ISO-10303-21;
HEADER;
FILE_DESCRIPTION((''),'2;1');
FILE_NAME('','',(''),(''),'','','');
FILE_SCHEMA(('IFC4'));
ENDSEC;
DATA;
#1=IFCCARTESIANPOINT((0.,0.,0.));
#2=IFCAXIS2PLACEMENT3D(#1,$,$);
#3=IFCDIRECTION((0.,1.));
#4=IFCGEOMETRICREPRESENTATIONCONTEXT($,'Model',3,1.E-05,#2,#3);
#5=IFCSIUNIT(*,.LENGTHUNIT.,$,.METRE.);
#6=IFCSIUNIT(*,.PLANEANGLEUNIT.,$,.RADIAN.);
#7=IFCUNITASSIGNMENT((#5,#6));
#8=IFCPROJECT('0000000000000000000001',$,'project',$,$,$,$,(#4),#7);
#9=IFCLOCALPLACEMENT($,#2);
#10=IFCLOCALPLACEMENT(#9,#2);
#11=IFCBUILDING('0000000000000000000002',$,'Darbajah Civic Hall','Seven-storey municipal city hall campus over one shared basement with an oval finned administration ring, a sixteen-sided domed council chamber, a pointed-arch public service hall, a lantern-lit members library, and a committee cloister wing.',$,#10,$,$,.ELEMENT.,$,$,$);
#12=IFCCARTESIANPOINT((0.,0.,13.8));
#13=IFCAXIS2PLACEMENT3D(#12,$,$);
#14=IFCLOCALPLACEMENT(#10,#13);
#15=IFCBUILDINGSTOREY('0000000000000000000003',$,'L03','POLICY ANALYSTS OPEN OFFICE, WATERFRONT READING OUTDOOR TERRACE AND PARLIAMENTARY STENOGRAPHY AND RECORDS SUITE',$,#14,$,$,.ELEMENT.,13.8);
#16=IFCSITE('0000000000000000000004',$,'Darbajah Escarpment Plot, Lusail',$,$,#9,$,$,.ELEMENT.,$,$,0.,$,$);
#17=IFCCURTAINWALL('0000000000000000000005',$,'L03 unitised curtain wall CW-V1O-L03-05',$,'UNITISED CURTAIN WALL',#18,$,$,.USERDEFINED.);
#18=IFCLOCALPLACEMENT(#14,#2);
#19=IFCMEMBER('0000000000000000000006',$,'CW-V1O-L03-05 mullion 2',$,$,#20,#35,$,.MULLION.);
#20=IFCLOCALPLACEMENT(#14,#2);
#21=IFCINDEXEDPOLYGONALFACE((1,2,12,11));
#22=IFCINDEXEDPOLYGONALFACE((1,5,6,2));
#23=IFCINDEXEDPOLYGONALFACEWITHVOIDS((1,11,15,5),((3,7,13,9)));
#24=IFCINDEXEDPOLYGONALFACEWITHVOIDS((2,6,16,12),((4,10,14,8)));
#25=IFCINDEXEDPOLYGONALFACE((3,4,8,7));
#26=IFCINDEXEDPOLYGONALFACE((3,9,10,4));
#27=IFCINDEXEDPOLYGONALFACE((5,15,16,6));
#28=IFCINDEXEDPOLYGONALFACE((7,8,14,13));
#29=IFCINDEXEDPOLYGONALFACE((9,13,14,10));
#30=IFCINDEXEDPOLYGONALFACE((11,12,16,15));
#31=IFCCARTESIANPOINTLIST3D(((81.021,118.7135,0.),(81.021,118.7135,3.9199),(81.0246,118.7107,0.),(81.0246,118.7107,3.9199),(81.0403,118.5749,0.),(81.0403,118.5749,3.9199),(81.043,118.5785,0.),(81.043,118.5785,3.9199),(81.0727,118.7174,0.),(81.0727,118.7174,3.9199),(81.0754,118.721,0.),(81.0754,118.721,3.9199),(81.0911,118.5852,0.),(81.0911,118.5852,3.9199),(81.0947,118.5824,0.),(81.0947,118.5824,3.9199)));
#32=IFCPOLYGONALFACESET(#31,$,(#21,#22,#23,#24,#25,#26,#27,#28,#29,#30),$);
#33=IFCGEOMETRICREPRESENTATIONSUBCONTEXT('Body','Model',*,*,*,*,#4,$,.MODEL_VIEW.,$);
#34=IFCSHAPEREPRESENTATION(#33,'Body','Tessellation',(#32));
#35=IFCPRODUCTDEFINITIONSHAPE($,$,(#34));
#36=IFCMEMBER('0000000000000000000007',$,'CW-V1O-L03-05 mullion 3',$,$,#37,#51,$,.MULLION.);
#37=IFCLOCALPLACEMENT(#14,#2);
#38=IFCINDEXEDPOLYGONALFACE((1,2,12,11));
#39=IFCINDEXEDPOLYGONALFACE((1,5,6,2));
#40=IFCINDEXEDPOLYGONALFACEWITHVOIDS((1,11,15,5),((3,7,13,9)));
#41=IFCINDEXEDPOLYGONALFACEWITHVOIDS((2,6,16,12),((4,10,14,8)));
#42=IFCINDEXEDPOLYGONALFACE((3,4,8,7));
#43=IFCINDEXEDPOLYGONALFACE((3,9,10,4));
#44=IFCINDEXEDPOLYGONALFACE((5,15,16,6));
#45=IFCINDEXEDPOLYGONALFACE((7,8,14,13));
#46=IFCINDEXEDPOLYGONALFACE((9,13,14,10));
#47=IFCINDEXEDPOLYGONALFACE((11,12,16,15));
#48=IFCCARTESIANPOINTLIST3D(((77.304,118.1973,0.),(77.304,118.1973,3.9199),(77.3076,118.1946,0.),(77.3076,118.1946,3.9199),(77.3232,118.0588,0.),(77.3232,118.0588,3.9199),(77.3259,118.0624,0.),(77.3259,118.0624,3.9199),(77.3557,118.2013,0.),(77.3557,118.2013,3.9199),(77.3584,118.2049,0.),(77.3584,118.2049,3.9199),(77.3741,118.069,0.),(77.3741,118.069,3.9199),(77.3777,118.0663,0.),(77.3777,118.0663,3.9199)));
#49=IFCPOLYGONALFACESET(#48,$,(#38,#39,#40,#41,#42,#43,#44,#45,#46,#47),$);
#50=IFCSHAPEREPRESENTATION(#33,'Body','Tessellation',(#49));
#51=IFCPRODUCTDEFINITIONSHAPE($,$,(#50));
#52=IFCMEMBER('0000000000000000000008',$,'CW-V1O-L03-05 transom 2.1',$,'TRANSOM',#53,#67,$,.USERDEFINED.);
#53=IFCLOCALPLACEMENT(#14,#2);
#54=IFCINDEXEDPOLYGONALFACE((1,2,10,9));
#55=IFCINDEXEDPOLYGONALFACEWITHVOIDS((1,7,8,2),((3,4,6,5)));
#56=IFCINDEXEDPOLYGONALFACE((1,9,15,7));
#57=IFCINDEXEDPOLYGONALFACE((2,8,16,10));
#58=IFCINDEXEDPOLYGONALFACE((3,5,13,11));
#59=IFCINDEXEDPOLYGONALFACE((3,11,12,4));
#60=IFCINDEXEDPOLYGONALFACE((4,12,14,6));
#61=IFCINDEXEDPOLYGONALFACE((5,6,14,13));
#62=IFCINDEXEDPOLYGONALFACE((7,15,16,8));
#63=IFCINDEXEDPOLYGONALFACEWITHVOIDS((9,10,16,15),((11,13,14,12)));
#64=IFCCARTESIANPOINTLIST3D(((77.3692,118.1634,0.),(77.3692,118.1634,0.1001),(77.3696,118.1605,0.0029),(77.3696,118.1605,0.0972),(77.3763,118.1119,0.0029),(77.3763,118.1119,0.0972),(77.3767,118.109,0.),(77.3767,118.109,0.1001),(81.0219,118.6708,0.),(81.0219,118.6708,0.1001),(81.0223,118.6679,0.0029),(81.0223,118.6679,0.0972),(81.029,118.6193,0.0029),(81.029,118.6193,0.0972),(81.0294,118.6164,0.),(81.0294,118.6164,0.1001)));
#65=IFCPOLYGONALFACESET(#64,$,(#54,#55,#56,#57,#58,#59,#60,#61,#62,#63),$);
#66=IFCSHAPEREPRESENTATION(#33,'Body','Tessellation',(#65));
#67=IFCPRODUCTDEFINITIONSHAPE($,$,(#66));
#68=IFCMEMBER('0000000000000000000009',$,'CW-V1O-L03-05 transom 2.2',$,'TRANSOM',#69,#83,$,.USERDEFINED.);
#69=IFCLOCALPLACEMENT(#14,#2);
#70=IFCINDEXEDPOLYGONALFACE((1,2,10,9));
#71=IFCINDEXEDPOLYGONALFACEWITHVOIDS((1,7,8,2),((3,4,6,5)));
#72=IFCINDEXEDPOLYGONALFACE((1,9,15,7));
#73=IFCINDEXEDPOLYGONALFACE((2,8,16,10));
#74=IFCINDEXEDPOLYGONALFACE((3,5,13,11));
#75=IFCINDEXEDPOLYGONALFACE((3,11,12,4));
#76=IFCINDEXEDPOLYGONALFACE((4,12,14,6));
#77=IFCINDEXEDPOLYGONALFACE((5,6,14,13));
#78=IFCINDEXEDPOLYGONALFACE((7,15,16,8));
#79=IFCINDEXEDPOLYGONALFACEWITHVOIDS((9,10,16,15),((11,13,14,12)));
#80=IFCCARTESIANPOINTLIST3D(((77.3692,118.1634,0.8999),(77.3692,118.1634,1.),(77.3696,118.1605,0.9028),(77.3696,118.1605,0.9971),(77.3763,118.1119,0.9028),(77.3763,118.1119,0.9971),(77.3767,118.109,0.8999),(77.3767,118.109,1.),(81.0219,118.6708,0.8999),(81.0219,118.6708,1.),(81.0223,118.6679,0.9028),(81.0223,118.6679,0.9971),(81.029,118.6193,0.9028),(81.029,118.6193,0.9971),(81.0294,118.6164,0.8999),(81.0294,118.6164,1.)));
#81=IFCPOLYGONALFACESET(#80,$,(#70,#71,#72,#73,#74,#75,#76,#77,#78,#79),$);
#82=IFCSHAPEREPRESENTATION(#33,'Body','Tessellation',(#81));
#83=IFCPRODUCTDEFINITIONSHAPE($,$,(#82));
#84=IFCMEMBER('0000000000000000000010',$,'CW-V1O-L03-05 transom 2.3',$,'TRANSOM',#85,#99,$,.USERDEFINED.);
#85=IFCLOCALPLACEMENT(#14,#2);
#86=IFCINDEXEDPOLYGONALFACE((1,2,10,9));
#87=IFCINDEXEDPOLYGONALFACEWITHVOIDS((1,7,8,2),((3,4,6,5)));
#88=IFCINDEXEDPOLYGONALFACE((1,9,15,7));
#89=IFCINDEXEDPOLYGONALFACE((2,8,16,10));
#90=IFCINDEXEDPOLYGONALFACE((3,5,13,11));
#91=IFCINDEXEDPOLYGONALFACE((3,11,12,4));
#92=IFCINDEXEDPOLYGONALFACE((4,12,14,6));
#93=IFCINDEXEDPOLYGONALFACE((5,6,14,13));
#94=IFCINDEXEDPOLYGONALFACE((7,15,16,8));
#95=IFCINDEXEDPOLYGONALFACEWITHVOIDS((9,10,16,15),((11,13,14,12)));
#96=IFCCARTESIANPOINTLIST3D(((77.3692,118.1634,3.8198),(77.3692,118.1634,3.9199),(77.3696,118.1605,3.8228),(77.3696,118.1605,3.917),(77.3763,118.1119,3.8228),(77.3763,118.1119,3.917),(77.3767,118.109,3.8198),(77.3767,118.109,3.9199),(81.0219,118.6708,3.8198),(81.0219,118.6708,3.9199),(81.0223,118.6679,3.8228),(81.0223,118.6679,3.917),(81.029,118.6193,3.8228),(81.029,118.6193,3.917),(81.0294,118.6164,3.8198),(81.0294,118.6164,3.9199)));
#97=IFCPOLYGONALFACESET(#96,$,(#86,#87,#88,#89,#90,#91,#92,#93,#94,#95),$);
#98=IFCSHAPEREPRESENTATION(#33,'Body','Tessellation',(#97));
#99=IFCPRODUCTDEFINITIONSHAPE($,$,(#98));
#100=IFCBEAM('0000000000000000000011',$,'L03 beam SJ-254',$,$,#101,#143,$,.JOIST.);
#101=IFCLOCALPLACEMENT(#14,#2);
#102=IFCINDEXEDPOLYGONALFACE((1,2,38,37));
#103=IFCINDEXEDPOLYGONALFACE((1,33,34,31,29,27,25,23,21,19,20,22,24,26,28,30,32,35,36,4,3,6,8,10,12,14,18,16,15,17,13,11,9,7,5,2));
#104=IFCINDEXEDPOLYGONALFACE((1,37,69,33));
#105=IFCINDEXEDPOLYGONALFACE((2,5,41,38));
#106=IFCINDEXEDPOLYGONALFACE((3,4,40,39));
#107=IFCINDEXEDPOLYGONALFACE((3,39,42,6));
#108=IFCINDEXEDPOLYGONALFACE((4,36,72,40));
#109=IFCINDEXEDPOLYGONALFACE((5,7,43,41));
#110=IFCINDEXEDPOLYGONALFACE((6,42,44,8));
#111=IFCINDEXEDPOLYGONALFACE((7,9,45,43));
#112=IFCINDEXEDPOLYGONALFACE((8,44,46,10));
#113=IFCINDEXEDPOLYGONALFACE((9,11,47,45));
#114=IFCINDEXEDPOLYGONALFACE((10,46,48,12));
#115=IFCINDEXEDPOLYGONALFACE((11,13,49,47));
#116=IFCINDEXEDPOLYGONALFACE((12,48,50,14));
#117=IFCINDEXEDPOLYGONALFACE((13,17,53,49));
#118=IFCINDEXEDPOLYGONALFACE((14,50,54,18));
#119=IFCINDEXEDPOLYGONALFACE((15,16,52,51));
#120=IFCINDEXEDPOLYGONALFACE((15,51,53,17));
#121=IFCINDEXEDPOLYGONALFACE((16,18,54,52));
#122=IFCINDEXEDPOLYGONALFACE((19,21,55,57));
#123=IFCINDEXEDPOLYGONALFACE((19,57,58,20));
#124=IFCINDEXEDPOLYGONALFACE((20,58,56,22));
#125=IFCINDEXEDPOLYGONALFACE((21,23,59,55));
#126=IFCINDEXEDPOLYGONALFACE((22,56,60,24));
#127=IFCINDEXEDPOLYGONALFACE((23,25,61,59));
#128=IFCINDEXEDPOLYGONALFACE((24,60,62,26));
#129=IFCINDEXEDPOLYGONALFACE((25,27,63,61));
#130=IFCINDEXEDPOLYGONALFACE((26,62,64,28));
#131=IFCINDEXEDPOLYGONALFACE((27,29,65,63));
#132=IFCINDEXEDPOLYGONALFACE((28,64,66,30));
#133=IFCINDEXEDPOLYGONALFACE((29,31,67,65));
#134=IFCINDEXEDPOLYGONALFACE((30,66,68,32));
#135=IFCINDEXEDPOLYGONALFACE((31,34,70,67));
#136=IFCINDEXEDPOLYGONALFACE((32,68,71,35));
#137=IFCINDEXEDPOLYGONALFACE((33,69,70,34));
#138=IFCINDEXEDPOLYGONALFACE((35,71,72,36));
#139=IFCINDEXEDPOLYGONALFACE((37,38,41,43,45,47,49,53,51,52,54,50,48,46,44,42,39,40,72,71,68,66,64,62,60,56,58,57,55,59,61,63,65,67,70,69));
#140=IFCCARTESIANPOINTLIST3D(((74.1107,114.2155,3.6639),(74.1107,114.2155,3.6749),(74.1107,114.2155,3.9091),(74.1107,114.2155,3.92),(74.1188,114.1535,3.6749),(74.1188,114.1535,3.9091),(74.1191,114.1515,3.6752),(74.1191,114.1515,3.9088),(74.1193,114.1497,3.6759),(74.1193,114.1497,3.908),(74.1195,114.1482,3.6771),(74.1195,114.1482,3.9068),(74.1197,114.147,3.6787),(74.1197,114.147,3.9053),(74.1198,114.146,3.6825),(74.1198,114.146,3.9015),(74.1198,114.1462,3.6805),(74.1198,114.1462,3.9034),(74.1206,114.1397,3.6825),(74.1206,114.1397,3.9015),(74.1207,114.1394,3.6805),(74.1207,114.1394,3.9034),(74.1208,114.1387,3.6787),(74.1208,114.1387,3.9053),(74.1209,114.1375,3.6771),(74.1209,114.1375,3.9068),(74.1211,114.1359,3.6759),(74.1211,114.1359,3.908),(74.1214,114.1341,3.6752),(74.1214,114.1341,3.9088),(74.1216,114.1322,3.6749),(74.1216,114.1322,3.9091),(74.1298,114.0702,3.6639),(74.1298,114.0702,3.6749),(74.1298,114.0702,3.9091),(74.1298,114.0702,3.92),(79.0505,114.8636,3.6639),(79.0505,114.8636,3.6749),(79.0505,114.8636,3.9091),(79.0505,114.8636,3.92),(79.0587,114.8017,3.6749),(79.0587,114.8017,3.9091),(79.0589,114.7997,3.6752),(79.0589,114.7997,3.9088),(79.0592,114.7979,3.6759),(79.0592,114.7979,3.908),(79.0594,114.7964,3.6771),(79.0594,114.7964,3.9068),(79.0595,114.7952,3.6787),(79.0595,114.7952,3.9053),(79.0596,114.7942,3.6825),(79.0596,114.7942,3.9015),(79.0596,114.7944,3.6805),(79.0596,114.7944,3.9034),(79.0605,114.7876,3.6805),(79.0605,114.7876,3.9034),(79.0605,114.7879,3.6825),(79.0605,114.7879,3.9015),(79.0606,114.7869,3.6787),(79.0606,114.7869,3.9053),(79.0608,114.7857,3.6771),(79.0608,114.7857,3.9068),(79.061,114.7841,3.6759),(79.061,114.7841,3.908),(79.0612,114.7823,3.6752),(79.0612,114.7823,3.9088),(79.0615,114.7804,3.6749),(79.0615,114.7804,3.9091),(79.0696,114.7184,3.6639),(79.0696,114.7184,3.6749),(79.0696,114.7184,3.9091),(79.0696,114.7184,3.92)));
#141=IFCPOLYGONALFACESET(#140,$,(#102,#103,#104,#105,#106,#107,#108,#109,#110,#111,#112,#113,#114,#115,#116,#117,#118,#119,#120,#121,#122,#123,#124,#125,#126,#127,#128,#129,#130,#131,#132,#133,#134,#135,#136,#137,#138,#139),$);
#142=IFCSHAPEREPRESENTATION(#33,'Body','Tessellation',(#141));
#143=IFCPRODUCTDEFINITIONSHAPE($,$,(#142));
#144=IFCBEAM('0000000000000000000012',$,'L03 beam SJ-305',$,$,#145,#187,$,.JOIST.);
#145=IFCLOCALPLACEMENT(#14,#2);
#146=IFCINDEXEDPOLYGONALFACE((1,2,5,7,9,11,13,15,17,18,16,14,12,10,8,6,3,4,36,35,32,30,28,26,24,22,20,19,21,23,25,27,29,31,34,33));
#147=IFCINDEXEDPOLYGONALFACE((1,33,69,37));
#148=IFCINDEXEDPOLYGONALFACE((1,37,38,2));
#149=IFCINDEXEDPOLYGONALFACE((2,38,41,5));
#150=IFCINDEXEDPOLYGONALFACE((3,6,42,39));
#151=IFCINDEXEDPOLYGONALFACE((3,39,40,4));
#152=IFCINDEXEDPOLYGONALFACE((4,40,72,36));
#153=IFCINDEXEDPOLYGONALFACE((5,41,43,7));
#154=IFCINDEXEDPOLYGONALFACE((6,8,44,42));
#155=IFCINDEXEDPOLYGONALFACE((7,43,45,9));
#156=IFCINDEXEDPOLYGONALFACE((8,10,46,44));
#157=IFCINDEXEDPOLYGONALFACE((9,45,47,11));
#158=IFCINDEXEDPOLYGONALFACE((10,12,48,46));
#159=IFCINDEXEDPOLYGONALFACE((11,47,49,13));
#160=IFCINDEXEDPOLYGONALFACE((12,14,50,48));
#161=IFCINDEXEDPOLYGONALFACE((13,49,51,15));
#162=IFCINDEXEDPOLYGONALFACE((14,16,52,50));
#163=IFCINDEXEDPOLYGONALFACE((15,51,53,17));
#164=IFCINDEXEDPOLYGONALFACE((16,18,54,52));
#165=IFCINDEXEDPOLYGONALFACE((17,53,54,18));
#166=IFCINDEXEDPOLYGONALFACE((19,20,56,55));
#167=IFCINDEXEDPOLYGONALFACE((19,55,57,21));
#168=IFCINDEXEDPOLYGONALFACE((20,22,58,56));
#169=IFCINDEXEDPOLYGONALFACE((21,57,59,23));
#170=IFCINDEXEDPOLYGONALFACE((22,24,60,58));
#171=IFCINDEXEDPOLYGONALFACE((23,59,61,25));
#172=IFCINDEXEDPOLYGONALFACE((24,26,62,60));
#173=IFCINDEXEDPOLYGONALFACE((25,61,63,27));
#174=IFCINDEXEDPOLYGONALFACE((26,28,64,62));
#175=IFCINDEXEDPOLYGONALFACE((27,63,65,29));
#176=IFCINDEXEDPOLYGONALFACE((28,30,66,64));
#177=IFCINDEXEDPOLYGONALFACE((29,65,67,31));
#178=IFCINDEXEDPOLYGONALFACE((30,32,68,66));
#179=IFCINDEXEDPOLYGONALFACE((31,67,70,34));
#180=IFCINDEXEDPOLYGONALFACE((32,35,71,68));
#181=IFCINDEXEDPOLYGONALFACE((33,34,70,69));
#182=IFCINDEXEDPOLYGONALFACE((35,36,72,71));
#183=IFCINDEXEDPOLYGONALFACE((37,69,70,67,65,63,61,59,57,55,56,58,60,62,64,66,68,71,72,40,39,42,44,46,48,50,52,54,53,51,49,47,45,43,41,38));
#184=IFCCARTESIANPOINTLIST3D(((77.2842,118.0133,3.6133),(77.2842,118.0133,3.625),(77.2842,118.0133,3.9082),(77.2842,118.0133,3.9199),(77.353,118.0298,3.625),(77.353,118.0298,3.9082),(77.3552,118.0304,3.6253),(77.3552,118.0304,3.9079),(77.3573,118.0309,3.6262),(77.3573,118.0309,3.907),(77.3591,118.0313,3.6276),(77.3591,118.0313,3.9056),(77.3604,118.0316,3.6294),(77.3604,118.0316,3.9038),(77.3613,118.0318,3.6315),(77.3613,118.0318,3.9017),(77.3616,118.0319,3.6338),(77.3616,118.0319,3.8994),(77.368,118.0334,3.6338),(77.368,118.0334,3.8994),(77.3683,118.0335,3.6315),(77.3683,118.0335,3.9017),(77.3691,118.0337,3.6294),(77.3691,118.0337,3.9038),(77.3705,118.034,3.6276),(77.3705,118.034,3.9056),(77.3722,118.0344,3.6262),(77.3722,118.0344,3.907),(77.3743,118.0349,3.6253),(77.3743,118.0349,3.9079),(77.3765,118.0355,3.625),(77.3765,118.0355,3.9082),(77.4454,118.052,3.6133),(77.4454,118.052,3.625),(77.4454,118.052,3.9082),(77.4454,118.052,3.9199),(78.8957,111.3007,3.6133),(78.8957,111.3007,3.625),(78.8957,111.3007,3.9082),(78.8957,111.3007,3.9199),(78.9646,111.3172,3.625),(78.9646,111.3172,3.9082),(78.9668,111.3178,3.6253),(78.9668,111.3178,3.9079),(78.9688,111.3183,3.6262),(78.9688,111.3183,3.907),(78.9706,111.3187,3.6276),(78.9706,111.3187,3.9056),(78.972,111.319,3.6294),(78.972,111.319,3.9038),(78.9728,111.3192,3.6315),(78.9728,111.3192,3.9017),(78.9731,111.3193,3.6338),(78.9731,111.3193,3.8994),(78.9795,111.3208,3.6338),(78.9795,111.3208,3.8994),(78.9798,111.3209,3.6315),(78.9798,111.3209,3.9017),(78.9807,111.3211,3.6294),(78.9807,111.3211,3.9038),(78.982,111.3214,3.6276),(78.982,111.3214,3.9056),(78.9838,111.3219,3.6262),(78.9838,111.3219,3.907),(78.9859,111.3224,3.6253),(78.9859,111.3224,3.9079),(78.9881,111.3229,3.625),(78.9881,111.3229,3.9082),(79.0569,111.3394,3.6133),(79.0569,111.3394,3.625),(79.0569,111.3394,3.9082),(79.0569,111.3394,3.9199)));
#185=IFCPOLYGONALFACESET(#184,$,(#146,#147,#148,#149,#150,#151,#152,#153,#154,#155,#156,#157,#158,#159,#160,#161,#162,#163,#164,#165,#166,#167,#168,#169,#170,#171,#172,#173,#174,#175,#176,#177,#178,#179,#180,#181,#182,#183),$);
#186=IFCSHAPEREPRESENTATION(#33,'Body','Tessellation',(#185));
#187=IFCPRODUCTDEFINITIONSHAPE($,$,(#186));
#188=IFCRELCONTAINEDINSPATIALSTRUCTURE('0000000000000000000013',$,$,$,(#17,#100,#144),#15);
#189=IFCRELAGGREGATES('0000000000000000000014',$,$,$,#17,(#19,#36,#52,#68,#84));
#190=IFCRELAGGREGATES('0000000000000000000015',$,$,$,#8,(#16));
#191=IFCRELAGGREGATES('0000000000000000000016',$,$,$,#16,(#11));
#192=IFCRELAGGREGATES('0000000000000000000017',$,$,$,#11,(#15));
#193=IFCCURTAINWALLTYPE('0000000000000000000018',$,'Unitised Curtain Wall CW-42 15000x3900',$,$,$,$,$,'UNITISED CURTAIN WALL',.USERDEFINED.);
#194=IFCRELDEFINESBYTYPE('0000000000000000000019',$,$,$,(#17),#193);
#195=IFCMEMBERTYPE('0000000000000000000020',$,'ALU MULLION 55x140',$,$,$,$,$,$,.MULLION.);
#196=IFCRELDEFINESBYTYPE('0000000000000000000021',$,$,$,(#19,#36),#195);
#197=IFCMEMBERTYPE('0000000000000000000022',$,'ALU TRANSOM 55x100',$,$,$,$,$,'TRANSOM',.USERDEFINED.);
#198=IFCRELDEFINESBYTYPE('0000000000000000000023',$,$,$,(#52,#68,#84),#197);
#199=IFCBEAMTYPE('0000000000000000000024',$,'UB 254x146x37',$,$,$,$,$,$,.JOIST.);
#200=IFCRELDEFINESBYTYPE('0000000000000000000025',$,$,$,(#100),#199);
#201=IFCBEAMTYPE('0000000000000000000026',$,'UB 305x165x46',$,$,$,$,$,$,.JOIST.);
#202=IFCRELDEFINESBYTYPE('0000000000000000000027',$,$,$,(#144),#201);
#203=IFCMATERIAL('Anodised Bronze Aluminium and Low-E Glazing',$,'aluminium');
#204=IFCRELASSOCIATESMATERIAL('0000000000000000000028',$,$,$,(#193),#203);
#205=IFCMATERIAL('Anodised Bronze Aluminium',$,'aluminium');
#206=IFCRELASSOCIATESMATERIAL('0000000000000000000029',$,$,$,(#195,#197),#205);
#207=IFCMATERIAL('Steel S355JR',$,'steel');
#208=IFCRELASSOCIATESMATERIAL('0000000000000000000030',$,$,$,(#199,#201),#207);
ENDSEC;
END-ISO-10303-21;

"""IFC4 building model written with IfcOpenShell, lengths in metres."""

from ifc_helpers import new_model, si_unit, direction, frame, origin, origin_2d, place, context, subcontext, project, spatial, hollow_rectangle, i_section, extrude, material, material_profile, profile_set, type_object, element, aggregate, save


model = new_model("IFC4")

# Units and contexts
model_context = context("Model", 3, precision=1e-05, world=origin(), true_north=direction((0.0, 1.0)))
body_context = subcontext(model_context, "Body", "Model", "MODEL_VIEW")
ifc_project = project(units=[si_unit("LENGTHUNIT", "METRE"), si_unit("PLANEANGLEUNIT", "RADIAN")], contexts=[model_context])

# Site, building, storey
site_placement = place(None, origin())
site = spatial("IfcSite", under=ifc_project, at=site_placement, Name="Darbajah Escarpment Plot, Lusail", CompositionType="ELEMENT", RefElevation=0.0)
building_placement = place(site_placement, origin())
building = spatial("IfcBuilding", under=site, at=building_placement, Name="Darbajah Civic Hall", Description="Seven-storey municipal city hall campus over one shared basement with an oval finned administration ring, a sixteen-sided domed council chamber, a pointed-arch public service hall, a lantern-lit members library, and a committee cloister wing.", CompositionType="ELEMENT")
storey_placement = place(building_placement, frame((0.0, 0.0, 13.8)))
storey = spatial("IfcBuildingStorey", under=building, at=storey_placement, Name="L03", Description="POLICY ANALYSTS OPEN OFFICE, WATERFRONT READING OUTDOOR TERRACE AND PARLIAMENTARY STENOGRAPHY AND RECORDS SUITE", CompositionType="ELEMENT", Elevation=13.8)

# Curtain wall, members
ifc_material_1 = material(Name="Anodised Bronze Aluminium and Low-E Glazing", Category="aluminium")
curtain_wall_type = type_object("IfcCurtainWallType", Name="Unitised Curtain Wall CW-42 15000x3900", ElementType="UNITISED CURTAIN WALL", PredefinedType="USERDEFINED", material=ifc_material_1)
curtain_wall_placement = place(storey_placement, origin())
curtain_wall = element("IfcCurtainWall", 1, at=curtain_wall_placement, inside=storey, type_object=curtain_wall_type, Name="L03 unitised curtain wall CW-V1O-L03-05", ObjectType="UNITISED CURTAIN WALL", PredefinedType="USERDEFINED")
ifc_material_2 = material(Name="Anodised Bronze Aluminium", Category="aluminium")
ifc_material_profile_1 = material_profile(ifc_material_2, hollow_rectangle(XDim=0.0549, YDim=0.1399, WallThickness=0.0032, at=origin_2d()), Name="ALU MULLION 55x140")
ifc_profile_set_1 = profile_set([ifc_material_profile_1], Name="Anodised Bronze Aluminium")
member_type_1 = type_object("IfcMemberType", Name="ALU MULLION 55x140", PredefinedType="MULLION", material=ifc_profile_set_1)
member_1_placement = place(storey_placement, frame((81.0579, 118.6479, 0.0), z_axis=(0.0, 0.0, 1.0), x_axis=(-0.990485, -0.137617, 0.0)))
member_1 = element("IfcMember", 2, at=member_1_placement, type_object=member_type_1, Name="CW-V1O-L03-05 mullion 2", PredefinedType="MULLION", context=body_context, shape_type="SweptSolid", body=[
    extrude(hollow_rectangle(XDim=0.0549, YDim=0.1399, WallThickness=0.0032, at=origin_2d()), origin(), (0.0, 0.0, 1.0), 3.9199),
])
member_2_placement = place(storey_placement, frame((77.3408, 118.1318, 0.0), z_axis=(0.0, 0.0, 1.0), x_axis=(-0.990485, -0.137617, 0.0)))
member_2 = element("IfcMember", 3, at=member_2_placement, type_object=member_type_1, Name="CW-V1O-L03-05 mullion 3", PredefinedType="MULLION", context=body_context, shape_type="SweptSolid", body=[
    extrude(hollow_rectangle(XDim=0.0549, YDim=0.1399, WallThickness=0.0032, at=origin_2d()), origin(), (0.0, 0.0, 1.0), 3.9199),
])
ifc_material_profile_2 = material_profile(ifc_material_2, hollow_rectangle(XDim=0.0549, YDim=0.1001, WallThickness=0.0029, at=origin_2d()), Name="ALU TRANSOM 55x100")
ifc_profile_set_2 = profile_set([ifc_material_profile_2], Name="Anodised Bronze Aluminium")
member_type_2 = type_object("IfcMemberType", Name="ALU TRANSOM 55x100", ElementType="TRANSOM", PredefinedType="USERDEFINED", material=ifc_profile_set_2)
member_3_placement = place(storey_placement, frame((81.0256, 118.6436, 0.05), z_axis=(-0.990492, -0.137574, 0.0), x_axis=(0.137574, -0.990492, 0.0)))
member_3 = element("IfcMember", 4, at=member_3_placement, type_object=member_type_2, Name="CW-V1O-L03-05 transom 2.1", ObjectType="TRANSOM", PredefinedType="USERDEFINED", context=body_context, shape_type="SweptSolid", body=[
    extrude(hollow_rectangle(XDim=0.0549, YDim=0.1001, WallThickness=0.0029, at=origin_2d()), origin(), (0.0, 0.0, 1.0), 3.6877),
])
member_4_placement = place(storey_placement, frame((81.0256, 118.6436, 0.95), z_axis=(-0.990492, -0.137574, 0.0), x_axis=(0.137574, -0.990492, 0.0)))
member_4 = element("IfcMember", 5, at=member_4_placement, type_object=member_type_2, Name="CW-V1O-L03-05 transom 2.2", ObjectType="TRANSOM", PredefinedType="USERDEFINED", context=body_context, shape_type="SweptSolid", body=[
    extrude(hollow_rectangle(XDim=0.0549, YDim=0.1001, WallThickness=0.0029, at=origin_2d()), origin(), (0.0, 0.0, 1.0), 3.6877),
])
member_5_placement = place(storey_placement, frame((81.0256, 118.6436, 3.8699), z_axis=(-0.990492, -0.137574, 0.0), x_axis=(0.137574, -0.990492, 0.0)))
member_5 = element("IfcMember", 6, at=member_5_placement, type_object=member_type_2, Name="CW-V1O-L03-05 transom 2.3", ObjectType="TRANSOM", PredefinedType="USERDEFINED", context=body_context, shape_type="SweptSolid", body=[
    extrude(hollow_rectangle(XDim=0.0549, YDim=0.1001, WallThickness=0.0029, at=origin_2d()), origin(), (0.0, 0.0, 1.0), 3.6877),
])

# Beams
ifc_material_3 = material(Name="Steel S355JR", Category="steel")
ifc_material_profile_3 = material_profile(ifc_material_3, i_section(OverallWidth=0.1465, OverallDepth=0.2561, WebThickness=0.0063, FlangeThickness=0.011, FilletRadius=0.0076, at=origin_2d()), Name="UB 254x146x37")
ifc_profile_set_3 = profile_set([ifc_material_profile_3], Name="Steel S355JR")
beam_type_1 = type_object("IfcBeamType", Name="UB 254x146x37", PredefinedType="JOIST", material=ifc_profile_set_3)
beam_1_placement = place(storey_placement, frame((79.0601, 114.791, 3.792), z_axis=(-0.991501, -0.1301, 0.0), x_axis=(0.1301, -0.991501, 0.0)))
element("IfcBeam", 7, at=beam_1_placement, inside=storey, type_object=beam_type_1, Name="L03 beam SJ-254", PredefinedType="JOIST", context=body_context, shape_type="SweptSolid", body=[
    extrude(i_section(OverallWidth=0.1465, OverallDepth=0.2561, WebThickness=0.0063, FlangeThickness=0.011, FilletRadius=0.0076, at=origin_2d()), origin(), (0.0, 0.0, 1.0), 4.9822),
])
ifc_material_profile_4 = material_profile(ifc_material_3, i_section(OverallWidth=0.1658, OverallDepth=0.3066, WebThickness=0.0066, FlangeThickness=0.0117, FilletRadius=0.0088, at=origin_2d()), Name="UB 305x165x46")
ifc_profile_set_4 = profile_set([ifc_material_profile_4], Name="Steel S355JR")
beam_type_2 = type_object("IfcBeamType", Name="UB 305x165x46", PredefinedType="JOIST", material=ifc_profile_set_4)
beam_2_placement = place(storey_placement, frame((78.9763, 111.3201, 3.7666), z_axis=(-0.233447, 0.97237, 0.0), x_axis=(-0.97237, -0.233447, 0.0)))
element("IfcBeam", 8, at=beam_2_placement, inside=storey, type_object=beam_type_2, Name="L03 beam SJ-305", PredefinedType="JOIST", context=body_context, shape_type="SweptSolid", body=[
    extrude(i_section(OverallWidth=0.1658, OverallDepth=0.3066, WebThickness=0.0066, FlangeThickness=0.0117, FilletRadius=0.0088, at=origin_2d()), origin(), (0.0, 0.0, 1.0), 6.9033),
])

aggregate(curtain_wall, [member_1, member_2, member_3, member_4, member_5])

save(model, "model.ifc")
